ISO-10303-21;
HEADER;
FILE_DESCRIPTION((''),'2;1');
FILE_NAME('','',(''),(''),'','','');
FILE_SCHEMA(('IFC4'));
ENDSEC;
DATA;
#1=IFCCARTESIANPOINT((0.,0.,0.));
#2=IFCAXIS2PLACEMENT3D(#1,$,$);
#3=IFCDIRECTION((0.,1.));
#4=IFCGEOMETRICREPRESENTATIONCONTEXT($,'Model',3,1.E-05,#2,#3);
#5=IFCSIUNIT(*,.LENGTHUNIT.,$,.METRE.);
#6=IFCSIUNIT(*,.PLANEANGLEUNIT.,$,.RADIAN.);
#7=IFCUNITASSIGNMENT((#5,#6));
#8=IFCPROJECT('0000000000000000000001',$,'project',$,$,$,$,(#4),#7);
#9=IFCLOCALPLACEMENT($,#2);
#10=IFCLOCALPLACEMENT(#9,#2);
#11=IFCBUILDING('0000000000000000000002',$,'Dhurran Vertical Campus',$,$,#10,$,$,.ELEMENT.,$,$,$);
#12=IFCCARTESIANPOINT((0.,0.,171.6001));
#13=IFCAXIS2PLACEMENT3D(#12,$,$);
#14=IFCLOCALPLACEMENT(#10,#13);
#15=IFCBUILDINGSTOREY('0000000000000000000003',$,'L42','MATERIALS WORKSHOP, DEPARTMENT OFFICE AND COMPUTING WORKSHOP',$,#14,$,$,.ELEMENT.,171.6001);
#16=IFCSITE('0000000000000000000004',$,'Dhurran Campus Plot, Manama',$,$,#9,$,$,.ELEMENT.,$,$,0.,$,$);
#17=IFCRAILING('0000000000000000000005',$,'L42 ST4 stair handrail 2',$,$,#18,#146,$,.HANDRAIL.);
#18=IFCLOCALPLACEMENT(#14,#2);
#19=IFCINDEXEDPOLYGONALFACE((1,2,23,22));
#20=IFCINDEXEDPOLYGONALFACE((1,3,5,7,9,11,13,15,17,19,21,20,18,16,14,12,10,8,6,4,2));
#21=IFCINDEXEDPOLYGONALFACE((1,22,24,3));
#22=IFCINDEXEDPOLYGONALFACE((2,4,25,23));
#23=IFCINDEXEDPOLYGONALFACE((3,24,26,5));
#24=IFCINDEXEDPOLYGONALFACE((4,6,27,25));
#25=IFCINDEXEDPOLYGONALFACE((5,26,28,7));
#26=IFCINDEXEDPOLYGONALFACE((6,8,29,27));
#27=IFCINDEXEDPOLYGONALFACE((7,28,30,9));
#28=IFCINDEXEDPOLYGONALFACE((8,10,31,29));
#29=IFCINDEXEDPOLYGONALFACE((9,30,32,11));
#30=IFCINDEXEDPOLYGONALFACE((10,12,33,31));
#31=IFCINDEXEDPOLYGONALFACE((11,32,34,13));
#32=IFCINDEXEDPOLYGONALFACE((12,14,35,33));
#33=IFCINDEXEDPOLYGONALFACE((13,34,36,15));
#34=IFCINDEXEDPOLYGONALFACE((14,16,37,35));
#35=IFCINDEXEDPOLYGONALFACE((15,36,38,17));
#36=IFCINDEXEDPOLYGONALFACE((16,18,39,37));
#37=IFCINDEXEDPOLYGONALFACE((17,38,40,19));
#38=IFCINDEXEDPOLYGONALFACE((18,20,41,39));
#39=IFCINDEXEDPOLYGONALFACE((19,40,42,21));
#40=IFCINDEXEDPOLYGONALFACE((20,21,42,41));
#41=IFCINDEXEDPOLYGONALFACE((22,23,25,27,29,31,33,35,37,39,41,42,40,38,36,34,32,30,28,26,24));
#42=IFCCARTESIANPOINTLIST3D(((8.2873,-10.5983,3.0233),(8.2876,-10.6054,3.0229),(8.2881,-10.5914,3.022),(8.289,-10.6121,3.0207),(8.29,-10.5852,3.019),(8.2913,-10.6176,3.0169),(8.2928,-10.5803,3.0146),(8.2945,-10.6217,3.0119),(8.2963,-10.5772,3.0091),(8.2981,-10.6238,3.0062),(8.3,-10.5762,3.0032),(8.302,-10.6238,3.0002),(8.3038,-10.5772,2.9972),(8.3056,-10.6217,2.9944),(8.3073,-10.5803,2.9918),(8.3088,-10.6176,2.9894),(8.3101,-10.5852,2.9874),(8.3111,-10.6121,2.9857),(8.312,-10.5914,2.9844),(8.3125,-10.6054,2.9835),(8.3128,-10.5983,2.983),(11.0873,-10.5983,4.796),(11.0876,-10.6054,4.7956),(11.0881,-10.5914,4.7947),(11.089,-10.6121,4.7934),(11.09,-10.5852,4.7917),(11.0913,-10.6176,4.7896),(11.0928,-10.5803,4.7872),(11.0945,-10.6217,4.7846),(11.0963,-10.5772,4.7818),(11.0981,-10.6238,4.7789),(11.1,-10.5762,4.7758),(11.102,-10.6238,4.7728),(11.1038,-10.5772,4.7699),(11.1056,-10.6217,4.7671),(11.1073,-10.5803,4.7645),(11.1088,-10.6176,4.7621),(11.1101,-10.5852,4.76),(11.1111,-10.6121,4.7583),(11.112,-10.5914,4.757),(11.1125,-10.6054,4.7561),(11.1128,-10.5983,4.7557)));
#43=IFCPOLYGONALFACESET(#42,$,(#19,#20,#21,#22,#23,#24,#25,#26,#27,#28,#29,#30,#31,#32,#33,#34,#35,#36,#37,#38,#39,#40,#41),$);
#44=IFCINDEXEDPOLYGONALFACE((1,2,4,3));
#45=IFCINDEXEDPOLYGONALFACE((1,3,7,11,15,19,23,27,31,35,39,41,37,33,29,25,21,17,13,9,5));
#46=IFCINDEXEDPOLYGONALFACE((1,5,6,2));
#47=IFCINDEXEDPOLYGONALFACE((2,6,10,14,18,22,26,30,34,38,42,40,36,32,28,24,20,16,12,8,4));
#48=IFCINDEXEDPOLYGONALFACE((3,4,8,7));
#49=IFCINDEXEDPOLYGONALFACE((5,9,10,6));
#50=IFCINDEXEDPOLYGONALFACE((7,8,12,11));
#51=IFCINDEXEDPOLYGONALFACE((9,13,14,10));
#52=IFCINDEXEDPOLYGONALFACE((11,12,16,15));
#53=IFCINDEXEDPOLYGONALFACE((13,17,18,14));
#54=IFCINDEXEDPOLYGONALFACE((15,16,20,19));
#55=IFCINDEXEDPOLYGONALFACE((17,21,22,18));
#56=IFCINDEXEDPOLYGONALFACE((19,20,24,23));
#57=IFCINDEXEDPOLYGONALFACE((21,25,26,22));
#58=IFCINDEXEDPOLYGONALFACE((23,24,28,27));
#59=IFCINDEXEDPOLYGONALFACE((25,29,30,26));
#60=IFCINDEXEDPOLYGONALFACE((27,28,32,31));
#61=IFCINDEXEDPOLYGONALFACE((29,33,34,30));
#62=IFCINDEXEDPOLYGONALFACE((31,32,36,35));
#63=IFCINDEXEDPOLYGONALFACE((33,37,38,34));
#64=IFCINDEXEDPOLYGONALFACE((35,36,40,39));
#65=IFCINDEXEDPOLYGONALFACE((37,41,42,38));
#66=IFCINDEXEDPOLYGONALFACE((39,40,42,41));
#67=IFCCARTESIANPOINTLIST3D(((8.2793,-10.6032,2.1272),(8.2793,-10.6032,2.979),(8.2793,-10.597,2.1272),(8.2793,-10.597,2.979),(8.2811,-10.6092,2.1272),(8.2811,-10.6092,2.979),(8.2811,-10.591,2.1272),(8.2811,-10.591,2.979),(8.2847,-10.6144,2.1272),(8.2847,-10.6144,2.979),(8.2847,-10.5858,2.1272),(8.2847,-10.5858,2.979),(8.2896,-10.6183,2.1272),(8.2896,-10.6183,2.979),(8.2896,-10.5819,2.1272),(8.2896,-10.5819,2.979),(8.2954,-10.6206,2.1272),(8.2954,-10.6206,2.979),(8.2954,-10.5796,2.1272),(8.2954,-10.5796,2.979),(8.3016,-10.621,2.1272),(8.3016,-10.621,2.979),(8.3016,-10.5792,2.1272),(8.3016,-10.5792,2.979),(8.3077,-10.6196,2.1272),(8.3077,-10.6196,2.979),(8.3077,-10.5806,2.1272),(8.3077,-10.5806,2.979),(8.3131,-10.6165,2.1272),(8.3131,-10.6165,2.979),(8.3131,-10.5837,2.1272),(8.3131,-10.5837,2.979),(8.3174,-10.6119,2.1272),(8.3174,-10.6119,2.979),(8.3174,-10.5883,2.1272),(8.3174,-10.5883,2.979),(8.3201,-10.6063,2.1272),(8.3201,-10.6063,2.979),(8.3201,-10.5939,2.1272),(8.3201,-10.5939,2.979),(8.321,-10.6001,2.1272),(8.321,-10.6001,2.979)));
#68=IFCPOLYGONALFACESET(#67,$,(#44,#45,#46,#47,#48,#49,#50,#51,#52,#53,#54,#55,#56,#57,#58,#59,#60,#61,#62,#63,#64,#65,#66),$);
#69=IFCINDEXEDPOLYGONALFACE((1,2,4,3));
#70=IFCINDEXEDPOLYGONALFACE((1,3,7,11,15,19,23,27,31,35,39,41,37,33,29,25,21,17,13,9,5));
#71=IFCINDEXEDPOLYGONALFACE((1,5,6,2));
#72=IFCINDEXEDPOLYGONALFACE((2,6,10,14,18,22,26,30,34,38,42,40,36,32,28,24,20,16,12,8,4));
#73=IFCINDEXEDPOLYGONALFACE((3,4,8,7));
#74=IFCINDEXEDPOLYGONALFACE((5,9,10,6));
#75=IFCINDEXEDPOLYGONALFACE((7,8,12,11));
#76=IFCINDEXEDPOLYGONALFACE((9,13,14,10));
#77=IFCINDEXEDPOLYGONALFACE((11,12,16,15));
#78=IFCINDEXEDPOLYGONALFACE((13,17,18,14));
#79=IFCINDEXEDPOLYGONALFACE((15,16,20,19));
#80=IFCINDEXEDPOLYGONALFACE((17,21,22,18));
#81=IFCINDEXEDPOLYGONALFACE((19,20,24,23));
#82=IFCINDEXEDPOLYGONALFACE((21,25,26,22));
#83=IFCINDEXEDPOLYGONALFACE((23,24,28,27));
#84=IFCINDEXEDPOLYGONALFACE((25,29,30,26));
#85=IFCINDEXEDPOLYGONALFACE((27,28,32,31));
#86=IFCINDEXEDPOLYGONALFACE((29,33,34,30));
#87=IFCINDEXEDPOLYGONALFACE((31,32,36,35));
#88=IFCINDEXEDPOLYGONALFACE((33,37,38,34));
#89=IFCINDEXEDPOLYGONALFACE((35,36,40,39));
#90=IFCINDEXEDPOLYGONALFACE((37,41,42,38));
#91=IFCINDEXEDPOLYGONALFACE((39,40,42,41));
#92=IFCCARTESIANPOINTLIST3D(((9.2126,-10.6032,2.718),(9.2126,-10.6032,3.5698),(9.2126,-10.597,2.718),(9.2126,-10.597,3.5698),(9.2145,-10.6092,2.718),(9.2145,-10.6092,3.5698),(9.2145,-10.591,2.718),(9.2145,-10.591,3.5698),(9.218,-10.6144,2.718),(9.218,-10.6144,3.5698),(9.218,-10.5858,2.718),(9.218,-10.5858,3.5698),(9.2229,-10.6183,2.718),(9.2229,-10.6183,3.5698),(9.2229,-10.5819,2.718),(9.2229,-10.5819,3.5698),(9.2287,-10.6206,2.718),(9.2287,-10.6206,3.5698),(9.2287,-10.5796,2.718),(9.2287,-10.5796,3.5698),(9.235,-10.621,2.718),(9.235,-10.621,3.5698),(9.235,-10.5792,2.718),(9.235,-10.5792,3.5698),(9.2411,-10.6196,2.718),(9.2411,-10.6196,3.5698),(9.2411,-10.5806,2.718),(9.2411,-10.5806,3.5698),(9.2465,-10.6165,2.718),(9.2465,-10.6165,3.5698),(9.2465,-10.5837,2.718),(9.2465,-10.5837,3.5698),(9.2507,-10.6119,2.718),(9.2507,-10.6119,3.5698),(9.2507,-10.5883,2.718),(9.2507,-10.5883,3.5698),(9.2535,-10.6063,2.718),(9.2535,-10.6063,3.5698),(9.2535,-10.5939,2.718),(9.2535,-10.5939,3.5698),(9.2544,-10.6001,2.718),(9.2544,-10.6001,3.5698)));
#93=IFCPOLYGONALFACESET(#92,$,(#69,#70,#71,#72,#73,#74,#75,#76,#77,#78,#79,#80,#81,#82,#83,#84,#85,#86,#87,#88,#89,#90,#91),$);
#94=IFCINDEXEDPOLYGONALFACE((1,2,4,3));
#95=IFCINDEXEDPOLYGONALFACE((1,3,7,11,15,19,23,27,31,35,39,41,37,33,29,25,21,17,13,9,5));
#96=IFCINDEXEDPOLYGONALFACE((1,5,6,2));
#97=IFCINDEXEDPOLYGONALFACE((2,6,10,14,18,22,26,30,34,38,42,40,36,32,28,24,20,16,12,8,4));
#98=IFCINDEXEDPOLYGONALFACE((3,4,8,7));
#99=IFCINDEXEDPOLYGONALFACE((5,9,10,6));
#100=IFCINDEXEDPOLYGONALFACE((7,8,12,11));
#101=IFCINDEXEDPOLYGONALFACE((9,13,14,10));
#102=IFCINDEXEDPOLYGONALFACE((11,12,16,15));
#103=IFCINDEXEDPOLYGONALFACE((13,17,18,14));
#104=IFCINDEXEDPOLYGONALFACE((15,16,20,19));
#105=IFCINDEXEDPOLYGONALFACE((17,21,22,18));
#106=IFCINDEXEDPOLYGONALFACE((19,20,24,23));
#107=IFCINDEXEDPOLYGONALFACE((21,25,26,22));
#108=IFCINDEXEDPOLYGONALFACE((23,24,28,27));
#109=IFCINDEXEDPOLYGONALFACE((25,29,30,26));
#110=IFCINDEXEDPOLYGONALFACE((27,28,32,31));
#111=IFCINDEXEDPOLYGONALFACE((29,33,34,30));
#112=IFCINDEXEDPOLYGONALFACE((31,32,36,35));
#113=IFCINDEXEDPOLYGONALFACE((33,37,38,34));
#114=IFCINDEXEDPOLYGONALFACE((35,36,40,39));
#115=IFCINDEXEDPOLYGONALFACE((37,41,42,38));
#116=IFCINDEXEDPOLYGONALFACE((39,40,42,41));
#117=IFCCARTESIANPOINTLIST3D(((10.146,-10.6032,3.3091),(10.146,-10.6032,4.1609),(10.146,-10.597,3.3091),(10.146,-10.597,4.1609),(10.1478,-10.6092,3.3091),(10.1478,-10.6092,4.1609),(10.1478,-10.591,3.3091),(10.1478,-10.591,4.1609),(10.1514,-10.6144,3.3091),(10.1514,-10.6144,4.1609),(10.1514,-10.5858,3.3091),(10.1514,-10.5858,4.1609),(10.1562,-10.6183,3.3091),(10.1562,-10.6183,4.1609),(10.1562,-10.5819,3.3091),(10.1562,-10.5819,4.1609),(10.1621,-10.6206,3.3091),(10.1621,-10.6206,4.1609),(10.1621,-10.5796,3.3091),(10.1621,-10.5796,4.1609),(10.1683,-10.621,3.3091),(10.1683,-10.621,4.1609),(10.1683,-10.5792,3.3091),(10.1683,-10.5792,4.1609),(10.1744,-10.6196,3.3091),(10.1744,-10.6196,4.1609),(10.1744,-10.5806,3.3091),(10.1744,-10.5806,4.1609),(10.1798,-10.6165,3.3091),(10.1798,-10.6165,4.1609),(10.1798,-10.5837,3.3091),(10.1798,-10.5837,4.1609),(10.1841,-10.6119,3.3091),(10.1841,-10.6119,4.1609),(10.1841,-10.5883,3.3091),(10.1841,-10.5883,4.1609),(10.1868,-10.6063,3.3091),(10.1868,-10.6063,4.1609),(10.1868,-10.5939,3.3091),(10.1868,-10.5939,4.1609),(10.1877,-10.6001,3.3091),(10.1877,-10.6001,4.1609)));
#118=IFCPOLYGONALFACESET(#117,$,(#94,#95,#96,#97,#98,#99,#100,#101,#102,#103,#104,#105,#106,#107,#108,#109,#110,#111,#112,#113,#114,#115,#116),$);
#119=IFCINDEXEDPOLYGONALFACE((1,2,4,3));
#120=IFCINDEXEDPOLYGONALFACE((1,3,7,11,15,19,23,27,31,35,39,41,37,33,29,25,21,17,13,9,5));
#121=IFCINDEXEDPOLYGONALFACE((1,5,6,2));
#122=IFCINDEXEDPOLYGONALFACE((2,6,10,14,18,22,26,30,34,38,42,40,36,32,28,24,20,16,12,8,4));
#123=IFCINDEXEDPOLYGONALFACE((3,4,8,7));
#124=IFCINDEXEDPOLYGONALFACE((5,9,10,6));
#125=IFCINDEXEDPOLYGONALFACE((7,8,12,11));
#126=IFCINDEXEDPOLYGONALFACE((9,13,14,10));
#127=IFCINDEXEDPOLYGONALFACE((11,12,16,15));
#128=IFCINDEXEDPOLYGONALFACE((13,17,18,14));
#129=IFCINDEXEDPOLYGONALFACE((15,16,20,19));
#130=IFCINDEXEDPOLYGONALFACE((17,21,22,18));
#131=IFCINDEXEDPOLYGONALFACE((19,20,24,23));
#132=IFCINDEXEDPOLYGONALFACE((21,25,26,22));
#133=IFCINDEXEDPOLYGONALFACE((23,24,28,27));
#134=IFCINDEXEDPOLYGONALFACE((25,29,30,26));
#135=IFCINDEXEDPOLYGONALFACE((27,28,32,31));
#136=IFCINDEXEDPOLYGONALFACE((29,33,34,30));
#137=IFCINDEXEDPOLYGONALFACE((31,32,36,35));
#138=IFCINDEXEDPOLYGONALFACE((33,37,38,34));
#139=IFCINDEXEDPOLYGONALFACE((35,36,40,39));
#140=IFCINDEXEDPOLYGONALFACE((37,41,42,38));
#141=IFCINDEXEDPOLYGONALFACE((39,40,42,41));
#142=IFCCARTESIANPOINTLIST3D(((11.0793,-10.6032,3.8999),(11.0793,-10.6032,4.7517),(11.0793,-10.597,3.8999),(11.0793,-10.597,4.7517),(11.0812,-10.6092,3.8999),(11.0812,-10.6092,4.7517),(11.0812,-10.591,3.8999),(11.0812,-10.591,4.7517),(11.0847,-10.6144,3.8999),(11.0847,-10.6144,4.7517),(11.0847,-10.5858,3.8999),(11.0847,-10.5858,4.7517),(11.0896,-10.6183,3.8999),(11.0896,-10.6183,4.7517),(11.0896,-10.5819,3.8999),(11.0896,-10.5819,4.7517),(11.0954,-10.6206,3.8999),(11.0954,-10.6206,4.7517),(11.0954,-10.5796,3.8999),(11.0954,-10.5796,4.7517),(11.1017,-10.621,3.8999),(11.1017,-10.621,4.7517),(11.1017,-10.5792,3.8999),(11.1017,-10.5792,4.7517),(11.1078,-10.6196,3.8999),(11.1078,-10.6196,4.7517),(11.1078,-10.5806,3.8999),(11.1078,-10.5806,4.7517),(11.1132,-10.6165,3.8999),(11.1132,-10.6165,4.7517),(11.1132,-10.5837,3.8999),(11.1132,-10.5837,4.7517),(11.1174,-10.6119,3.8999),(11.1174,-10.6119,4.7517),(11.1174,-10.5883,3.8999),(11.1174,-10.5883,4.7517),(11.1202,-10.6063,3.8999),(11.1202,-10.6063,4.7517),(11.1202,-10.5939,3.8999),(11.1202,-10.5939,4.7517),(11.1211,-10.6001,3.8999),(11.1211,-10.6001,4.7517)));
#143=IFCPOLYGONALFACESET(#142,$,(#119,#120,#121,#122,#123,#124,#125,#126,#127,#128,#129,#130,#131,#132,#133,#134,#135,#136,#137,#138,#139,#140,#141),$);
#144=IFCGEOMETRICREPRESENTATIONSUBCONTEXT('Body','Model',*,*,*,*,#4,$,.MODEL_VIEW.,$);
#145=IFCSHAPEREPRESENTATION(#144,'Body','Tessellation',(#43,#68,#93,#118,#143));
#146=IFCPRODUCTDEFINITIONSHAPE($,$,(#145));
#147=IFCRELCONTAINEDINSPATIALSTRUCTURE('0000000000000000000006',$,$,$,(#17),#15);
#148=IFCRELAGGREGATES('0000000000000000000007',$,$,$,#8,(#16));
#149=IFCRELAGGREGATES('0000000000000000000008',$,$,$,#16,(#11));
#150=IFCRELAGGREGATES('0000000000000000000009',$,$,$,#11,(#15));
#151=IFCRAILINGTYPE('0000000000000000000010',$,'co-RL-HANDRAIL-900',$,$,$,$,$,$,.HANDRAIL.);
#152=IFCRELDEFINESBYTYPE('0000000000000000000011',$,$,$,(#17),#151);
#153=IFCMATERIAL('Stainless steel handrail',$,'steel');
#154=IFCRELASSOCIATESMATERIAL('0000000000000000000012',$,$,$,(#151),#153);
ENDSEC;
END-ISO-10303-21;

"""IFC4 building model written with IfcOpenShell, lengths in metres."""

from ifc_helpers import new_model, si_unit, direction, frame, origin, origin_2d, place, context, subcontext, project, spatial, circle, extrude, material, type_object, element, save


model = new_model("IFC4")

# Units and contexts
model_context = context("Model", 3, precision=1e-05, world=origin(), true_north=direction((0.0, 1.0)))
body_context = subcontext(model_context, "Body", "Model", "MODEL_VIEW")
ifc_project = project(units=[si_unit("LENGTHUNIT", "METRE"), si_unit("PLANEANGLEUNIT", "RADIAN")], contexts=[model_context])

# Site, building, storey
site_placement = place(None, origin())
site = spatial("IfcSite", under=ifc_project, at=site_placement, Name="Dhurran Campus Plot, Manama", CompositionType="ELEMENT", RefElevation=0.0)
building_placement = place(site_placement, origin())
building = spatial("IfcBuilding", under=site, at=building_placement, Name="Dhurran Vertical Campus", CompositionType="ELEMENT")
storey_placement = place(building_placement, frame((0.0, 0.0, 171.6001)))
storey = spatial("IfcBuildingStorey", under=building, at=storey_placement, Name="L42", Description="MATERIALS WORKSHOP, DEPARTMENT OFFICE AND COMPUTING WORKSHOP", CompositionType="ELEMENT", Elevation=171.6001)

# Railing
ifc_material_1 = material(Name="Stainless steel handrail", Category="steel")
railing_type_1 = type_object("IfcRailingType", Name="co-RL-HANDRAIL-900", PredefinedType="HANDRAIL", material=ifc_material_1)
railing_1_placement = place(storey_placement, frame((8.3, -10.6001, 2.1272)))
element("IfcRailing", 1, at=railing_1_placement, inside=storey, type_object=railing_type_1, Name="L42 ST4 stair handrail 2", PredefinedType="HANDRAIL", context=body_context, shape_type="SweptSolid", body=[
    extrude(circle(Radius=0.0239, at=origin_2d()), frame((0.0, 0.0, 0.876), z_axis=(0.844909, 0.0, 0.53491), x_axis=(0.0, 1.0, 0.0)), (0.0, 0.0, 1.0), 3.314),
    extrude(circle(Radius=0.021, at=origin_2d()), origin(), (0.0, 0.0, 1.0), 0.8518),
    extrude(circle(Radius=0.021, at=origin_2d()), frame((0.9333, 0.0, 0.5908)), (0.0, 0.0, 1.0), 0.8518),
    extrude(circle(Radius=0.021, at=origin_2d()), frame((1.8667, 0.0, 1.1819)), (0.0, 0.0, 1.0), 0.8518),
    extrude(circle(Radius=0.021, at=origin_2d()), frame((2.8, 0.0, 1.7727)), (0.0, 0.0, 1.0), 0.8518),
])

save(model, "model.ifc")
